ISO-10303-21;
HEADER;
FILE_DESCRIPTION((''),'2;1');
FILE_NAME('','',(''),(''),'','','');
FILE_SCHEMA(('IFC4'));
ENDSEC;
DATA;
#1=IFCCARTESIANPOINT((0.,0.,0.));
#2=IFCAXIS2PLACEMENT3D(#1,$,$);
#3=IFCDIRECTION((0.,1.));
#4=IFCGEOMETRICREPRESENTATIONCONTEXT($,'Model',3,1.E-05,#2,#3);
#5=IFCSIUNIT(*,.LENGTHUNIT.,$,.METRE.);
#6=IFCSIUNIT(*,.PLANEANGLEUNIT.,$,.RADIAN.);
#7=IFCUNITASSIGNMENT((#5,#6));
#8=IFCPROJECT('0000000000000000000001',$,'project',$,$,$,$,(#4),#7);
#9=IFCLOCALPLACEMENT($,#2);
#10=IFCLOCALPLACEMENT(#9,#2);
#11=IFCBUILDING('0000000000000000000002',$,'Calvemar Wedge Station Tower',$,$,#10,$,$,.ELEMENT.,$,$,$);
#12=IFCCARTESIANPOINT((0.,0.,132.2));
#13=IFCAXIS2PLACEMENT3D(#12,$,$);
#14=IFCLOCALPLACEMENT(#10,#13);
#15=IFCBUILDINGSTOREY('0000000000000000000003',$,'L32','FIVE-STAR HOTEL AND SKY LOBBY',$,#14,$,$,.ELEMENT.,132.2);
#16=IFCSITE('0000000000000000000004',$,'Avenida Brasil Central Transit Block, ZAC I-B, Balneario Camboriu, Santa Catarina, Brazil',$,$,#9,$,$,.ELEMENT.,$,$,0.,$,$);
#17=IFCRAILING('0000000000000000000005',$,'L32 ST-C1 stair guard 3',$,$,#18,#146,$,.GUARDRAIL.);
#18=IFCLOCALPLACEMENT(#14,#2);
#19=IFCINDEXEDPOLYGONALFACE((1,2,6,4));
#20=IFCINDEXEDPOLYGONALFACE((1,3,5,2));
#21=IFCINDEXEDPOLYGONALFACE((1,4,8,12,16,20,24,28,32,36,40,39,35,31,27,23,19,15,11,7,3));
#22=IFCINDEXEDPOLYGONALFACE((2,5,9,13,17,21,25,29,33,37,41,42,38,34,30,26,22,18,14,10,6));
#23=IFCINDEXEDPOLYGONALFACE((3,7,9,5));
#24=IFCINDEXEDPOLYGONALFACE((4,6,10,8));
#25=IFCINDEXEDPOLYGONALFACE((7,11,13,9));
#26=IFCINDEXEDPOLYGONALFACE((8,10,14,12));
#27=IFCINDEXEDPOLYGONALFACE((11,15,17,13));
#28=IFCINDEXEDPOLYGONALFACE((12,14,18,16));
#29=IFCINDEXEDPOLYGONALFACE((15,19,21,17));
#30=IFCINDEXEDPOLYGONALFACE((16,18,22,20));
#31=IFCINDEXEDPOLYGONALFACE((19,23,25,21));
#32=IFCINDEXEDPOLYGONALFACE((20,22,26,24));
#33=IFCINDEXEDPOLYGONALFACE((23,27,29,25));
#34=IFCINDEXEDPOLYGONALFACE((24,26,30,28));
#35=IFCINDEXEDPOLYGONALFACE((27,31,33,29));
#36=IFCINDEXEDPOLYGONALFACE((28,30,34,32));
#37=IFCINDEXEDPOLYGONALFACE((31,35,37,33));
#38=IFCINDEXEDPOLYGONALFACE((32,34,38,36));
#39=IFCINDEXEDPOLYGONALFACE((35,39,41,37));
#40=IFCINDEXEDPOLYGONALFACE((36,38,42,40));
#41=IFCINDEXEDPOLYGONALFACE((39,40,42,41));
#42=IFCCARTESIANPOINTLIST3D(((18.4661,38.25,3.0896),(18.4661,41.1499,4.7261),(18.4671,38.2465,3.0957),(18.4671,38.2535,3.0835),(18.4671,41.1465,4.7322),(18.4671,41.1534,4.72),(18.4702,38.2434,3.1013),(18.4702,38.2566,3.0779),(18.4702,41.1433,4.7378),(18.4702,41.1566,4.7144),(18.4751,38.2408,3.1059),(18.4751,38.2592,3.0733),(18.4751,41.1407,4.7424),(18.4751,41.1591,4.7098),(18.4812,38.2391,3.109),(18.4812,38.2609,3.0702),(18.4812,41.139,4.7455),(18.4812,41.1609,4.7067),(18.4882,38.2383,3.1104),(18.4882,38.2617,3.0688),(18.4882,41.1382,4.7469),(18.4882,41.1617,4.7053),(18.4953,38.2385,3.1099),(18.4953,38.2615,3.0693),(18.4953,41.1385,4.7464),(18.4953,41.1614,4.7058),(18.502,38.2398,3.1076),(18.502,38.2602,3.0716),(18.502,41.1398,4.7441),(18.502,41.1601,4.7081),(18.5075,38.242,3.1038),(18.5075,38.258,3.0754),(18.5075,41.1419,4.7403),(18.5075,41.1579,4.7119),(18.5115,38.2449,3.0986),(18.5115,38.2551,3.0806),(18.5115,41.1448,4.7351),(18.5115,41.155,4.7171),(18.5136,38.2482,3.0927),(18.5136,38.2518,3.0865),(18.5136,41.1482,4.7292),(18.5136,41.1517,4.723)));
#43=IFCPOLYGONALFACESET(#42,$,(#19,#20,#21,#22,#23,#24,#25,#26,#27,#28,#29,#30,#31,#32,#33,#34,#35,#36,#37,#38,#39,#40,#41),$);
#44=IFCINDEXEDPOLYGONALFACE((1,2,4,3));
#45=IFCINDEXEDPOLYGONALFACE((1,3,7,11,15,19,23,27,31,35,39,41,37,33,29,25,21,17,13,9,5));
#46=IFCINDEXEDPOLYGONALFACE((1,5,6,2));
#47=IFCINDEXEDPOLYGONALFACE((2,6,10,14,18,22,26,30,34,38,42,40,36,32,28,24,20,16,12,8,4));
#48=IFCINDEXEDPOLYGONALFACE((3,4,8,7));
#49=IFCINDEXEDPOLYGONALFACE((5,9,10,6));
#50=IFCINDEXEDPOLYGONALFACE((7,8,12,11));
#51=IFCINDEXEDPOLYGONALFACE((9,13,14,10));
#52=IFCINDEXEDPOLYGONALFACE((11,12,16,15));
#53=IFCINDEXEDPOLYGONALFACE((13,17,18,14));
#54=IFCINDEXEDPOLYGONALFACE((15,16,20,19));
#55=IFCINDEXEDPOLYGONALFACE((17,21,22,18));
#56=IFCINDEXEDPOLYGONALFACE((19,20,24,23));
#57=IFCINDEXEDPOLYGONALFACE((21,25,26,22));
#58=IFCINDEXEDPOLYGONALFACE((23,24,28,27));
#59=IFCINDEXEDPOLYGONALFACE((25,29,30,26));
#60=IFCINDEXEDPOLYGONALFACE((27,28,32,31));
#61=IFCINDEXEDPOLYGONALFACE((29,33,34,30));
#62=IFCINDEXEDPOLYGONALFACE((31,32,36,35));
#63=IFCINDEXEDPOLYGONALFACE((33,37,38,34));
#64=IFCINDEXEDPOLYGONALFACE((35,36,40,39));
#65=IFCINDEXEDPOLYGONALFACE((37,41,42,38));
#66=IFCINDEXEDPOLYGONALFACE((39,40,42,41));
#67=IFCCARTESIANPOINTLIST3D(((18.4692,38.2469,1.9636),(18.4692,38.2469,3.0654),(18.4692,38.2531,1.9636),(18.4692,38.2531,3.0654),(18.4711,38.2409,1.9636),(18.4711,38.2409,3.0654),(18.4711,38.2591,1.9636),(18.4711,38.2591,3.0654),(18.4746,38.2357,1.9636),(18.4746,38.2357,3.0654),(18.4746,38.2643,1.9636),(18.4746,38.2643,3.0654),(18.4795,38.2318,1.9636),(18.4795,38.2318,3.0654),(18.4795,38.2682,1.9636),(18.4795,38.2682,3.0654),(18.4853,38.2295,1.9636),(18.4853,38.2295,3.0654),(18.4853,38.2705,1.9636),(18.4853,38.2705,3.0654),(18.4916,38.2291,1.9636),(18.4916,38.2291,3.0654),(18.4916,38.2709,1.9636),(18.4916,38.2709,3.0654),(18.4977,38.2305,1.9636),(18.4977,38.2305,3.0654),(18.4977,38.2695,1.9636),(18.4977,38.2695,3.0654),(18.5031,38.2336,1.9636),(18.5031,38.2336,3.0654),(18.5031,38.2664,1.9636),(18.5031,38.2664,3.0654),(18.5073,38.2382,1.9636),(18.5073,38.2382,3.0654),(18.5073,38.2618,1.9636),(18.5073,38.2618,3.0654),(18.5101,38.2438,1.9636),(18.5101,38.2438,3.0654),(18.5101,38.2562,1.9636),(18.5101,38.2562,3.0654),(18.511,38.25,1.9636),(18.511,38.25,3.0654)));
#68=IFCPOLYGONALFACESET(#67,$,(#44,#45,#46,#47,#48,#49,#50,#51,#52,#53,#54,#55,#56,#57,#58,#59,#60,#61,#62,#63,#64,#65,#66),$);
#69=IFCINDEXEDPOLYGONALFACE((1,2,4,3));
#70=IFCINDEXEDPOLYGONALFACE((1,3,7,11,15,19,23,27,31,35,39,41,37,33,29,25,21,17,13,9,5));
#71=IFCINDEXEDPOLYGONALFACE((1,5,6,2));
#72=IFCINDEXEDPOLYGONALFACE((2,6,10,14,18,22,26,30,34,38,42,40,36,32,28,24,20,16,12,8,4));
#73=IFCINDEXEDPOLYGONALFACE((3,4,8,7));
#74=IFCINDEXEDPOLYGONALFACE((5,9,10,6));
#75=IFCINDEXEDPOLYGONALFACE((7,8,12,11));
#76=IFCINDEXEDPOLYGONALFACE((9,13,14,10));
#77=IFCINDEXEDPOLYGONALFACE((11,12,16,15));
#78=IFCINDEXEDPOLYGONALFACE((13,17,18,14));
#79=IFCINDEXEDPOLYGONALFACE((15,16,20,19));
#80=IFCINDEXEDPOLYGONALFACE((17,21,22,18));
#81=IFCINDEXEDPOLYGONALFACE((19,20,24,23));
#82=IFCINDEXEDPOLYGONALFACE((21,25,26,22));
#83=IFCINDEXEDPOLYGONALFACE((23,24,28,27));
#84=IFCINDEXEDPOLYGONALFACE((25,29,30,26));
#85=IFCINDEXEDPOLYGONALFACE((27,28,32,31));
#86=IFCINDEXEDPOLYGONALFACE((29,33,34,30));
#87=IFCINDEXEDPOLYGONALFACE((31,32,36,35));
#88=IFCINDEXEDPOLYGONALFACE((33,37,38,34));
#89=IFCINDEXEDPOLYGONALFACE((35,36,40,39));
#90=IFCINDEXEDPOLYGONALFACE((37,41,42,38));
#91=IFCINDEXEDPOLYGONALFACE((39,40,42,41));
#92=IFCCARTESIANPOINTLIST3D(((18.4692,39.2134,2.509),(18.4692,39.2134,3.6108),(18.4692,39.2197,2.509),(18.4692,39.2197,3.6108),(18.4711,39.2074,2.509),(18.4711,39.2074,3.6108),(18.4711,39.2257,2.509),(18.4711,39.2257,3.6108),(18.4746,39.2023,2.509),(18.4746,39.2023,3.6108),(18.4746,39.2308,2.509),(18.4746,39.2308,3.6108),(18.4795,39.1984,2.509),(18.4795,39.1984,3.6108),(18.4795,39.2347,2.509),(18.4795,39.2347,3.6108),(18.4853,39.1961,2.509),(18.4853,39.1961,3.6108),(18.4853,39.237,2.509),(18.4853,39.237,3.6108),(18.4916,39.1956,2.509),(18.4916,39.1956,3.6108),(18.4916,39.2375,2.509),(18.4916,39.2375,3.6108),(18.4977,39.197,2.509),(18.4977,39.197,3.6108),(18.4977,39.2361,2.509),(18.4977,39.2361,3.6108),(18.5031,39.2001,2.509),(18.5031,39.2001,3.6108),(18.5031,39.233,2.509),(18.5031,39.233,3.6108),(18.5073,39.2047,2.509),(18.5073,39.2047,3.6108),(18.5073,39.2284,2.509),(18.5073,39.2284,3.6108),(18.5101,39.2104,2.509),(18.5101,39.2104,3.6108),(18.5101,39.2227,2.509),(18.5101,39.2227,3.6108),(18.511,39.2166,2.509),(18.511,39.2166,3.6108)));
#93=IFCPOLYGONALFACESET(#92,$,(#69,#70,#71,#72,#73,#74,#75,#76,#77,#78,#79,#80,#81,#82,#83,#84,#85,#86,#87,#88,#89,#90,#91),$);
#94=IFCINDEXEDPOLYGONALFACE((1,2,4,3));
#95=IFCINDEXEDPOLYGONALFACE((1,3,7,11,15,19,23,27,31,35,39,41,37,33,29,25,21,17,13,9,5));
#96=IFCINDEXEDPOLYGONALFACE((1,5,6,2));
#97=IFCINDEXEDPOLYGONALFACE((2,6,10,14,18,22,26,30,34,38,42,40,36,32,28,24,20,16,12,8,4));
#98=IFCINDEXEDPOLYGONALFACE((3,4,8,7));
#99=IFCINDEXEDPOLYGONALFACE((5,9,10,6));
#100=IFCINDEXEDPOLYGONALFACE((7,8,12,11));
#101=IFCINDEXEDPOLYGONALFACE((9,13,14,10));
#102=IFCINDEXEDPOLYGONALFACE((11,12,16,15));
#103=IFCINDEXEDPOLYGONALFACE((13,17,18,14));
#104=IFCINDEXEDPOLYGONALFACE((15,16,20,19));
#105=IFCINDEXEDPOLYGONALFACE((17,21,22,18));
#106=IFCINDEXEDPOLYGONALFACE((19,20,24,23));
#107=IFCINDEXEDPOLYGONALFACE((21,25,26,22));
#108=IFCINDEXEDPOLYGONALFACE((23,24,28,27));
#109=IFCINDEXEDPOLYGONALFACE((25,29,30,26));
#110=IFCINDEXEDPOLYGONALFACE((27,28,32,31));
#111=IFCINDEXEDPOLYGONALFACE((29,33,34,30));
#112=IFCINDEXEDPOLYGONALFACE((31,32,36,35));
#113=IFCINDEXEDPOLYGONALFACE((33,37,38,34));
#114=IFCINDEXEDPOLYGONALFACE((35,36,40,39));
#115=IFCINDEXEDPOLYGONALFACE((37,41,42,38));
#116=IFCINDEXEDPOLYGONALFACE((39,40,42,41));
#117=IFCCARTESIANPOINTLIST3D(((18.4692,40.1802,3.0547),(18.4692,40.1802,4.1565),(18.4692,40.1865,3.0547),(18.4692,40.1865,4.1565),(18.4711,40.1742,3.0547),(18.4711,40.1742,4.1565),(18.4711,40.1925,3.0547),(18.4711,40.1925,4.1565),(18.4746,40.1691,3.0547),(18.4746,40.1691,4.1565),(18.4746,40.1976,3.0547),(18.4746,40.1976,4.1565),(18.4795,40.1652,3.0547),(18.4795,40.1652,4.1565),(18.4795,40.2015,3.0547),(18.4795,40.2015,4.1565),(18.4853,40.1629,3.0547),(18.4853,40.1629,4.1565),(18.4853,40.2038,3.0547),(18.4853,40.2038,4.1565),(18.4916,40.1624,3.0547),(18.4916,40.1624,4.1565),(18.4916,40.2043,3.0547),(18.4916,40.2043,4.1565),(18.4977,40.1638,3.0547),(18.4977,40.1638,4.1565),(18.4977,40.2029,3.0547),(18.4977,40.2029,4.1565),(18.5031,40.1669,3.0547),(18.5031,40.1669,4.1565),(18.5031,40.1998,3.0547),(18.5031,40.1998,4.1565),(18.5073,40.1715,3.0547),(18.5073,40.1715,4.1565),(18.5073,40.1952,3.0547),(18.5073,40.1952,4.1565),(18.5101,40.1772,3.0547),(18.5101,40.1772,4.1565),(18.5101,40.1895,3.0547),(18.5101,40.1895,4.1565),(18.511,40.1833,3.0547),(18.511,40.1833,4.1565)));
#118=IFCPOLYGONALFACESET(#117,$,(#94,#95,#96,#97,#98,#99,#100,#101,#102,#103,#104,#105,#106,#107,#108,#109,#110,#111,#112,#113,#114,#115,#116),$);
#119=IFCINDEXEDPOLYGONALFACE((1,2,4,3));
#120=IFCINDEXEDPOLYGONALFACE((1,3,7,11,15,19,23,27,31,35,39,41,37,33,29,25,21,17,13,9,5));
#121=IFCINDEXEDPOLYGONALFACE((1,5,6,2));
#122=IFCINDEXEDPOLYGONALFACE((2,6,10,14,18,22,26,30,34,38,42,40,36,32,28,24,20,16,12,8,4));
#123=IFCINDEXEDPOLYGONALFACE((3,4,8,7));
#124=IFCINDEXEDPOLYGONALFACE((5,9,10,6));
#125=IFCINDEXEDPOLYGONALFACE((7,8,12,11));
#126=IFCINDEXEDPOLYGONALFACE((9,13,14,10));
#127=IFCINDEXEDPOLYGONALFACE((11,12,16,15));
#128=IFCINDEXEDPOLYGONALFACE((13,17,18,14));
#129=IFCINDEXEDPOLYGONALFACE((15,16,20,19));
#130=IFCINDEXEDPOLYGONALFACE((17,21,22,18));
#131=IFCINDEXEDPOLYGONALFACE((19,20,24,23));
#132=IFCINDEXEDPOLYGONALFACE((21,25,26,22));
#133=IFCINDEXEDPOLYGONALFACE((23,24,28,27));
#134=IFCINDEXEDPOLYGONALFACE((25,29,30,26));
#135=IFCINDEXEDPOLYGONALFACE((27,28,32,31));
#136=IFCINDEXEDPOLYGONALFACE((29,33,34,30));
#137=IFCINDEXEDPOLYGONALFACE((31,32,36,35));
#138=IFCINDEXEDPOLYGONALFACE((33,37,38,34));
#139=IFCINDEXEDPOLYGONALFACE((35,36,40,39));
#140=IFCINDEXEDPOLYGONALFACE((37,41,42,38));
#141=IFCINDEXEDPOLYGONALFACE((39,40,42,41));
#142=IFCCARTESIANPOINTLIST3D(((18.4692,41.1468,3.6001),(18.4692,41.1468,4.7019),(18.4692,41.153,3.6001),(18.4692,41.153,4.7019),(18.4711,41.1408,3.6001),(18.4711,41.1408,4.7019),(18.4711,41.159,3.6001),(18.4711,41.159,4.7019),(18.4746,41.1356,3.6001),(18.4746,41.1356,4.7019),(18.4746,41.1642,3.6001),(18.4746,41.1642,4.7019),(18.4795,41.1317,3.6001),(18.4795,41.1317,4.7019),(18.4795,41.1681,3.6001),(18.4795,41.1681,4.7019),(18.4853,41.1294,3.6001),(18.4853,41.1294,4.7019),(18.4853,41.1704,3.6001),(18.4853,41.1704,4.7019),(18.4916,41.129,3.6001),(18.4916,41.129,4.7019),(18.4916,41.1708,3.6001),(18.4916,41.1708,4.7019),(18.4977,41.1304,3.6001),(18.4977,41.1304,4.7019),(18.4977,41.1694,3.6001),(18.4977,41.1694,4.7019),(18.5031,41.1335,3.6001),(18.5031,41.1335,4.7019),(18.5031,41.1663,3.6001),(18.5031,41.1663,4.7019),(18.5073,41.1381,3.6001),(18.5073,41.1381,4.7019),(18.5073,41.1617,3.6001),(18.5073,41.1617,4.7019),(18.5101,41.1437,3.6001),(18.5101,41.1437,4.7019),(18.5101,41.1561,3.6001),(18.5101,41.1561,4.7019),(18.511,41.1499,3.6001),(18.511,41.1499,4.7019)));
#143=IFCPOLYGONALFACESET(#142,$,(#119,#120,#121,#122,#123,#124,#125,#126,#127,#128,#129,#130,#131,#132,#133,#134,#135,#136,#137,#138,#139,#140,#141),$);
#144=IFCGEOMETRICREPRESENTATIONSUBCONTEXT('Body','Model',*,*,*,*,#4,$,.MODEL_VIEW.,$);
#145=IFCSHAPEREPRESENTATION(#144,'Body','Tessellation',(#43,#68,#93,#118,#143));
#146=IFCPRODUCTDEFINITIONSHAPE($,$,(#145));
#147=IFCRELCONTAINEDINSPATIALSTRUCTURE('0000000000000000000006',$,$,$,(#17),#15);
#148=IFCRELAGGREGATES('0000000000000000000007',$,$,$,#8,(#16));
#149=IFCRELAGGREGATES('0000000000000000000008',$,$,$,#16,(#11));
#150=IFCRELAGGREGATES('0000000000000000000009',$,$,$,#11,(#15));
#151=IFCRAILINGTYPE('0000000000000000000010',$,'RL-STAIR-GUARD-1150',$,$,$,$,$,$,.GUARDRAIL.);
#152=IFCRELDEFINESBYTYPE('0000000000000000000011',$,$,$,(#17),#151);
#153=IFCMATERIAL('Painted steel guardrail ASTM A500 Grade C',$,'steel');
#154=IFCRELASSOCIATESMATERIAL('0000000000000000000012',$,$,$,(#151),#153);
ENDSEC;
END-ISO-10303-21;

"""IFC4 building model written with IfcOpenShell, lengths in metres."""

from ifc_helpers import new_model, si_unit, direction, frame, origin, origin_2d, place, context, subcontext, project, spatial, circle, extrude, material, type_object, element, save


model = new_model("IFC4")

# Units and contexts
model_context = context("Model", 3, precision=1e-05, world=origin(), true_north=direction((0.0, 1.0)))
body_context = subcontext(model_context, "Body", "Model", "MODEL_VIEW")
ifc_project = project(units=[si_unit("LENGTHUNIT", "METRE"), si_unit("PLANEANGLEUNIT", "RADIAN")], contexts=[model_context])

# Site, building, storey
site_placement = place(None, origin())
site = spatial("IfcSite", under=ifc_project, at=site_placement, Name="Avenida Brasil Central Transit Block, ZAC I-B, Balneario Camboriu, Santa Catarina, Brazil", CompositionType="ELEMENT", RefElevation=0.0)
building_placement = place(site_placement, origin())
building = spatial("IfcBuilding", under=site, at=building_placement, Name="Calvemar Wedge Station Tower", CompositionType="ELEMENT")
storey_placement = place(building_placement, frame((0.0, 0.0, 132.2)))
storey = spatial("IfcBuildingStorey", under=building, at=storey_placement, Name="L32", Description="FIVE-STAR HOTEL AND SKY LOBBY", CompositionType="ELEMENT", Elevation=132.2)

# Railing
ifc_material_1 = material(Name="Painted steel guardrail ASTM A500 Grade C", Category="steel")
railing_type_1 = type_object("IfcRailingType", Name="RL-STAIR-GUARD-1150", PredefinedType="GUARDRAIL", material=ifc_material_1)
railing_1_placement = place(storey_placement, frame((18.49, 38.25, 1.9636)))
element("IfcRailing", 1, at=railing_1_placement, inside=storey, type_object=railing_type_1, Name="L32 ST-C1 stair guard 3", PredefinedType="GUARDRAIL", context=body_context, shape_type="SweptSolid", body=[
    extrude(circle(Radius=0.0239, at=origin_2d()), frame((0.0, 0.0, 1.126), z_axis=(0.0, 0.870897, 0.491465), x_axis=(-1.0, 0.0, 0.0)), (0.0, 0.0, 1.0), 3.3298),
    extrude(circle(Radius=0.021, at=origin_2d()), origin(), (0.0, 0.0, 1.0), 1.1018),
    extrude(circle(Radius=0.021, at=origin_2d()), frame((0.0, 0.9666, 0.5454)), (0.0, 0.0, 1.0), 1.1018),
    extrude(circle(Radius=0.021, at=origin_2d()), frame((0.0, 1.9333, 1.0911)), (0.0, 0.0, 1.0), 1.1018),
    extrude(circle(Radius=0.021, at=origin_2d()), frame((0.0, 2.8999, 1.6365)), (0.0, 0.0, 1.0), 1.1018),
])

save(model, "model.ifc")
